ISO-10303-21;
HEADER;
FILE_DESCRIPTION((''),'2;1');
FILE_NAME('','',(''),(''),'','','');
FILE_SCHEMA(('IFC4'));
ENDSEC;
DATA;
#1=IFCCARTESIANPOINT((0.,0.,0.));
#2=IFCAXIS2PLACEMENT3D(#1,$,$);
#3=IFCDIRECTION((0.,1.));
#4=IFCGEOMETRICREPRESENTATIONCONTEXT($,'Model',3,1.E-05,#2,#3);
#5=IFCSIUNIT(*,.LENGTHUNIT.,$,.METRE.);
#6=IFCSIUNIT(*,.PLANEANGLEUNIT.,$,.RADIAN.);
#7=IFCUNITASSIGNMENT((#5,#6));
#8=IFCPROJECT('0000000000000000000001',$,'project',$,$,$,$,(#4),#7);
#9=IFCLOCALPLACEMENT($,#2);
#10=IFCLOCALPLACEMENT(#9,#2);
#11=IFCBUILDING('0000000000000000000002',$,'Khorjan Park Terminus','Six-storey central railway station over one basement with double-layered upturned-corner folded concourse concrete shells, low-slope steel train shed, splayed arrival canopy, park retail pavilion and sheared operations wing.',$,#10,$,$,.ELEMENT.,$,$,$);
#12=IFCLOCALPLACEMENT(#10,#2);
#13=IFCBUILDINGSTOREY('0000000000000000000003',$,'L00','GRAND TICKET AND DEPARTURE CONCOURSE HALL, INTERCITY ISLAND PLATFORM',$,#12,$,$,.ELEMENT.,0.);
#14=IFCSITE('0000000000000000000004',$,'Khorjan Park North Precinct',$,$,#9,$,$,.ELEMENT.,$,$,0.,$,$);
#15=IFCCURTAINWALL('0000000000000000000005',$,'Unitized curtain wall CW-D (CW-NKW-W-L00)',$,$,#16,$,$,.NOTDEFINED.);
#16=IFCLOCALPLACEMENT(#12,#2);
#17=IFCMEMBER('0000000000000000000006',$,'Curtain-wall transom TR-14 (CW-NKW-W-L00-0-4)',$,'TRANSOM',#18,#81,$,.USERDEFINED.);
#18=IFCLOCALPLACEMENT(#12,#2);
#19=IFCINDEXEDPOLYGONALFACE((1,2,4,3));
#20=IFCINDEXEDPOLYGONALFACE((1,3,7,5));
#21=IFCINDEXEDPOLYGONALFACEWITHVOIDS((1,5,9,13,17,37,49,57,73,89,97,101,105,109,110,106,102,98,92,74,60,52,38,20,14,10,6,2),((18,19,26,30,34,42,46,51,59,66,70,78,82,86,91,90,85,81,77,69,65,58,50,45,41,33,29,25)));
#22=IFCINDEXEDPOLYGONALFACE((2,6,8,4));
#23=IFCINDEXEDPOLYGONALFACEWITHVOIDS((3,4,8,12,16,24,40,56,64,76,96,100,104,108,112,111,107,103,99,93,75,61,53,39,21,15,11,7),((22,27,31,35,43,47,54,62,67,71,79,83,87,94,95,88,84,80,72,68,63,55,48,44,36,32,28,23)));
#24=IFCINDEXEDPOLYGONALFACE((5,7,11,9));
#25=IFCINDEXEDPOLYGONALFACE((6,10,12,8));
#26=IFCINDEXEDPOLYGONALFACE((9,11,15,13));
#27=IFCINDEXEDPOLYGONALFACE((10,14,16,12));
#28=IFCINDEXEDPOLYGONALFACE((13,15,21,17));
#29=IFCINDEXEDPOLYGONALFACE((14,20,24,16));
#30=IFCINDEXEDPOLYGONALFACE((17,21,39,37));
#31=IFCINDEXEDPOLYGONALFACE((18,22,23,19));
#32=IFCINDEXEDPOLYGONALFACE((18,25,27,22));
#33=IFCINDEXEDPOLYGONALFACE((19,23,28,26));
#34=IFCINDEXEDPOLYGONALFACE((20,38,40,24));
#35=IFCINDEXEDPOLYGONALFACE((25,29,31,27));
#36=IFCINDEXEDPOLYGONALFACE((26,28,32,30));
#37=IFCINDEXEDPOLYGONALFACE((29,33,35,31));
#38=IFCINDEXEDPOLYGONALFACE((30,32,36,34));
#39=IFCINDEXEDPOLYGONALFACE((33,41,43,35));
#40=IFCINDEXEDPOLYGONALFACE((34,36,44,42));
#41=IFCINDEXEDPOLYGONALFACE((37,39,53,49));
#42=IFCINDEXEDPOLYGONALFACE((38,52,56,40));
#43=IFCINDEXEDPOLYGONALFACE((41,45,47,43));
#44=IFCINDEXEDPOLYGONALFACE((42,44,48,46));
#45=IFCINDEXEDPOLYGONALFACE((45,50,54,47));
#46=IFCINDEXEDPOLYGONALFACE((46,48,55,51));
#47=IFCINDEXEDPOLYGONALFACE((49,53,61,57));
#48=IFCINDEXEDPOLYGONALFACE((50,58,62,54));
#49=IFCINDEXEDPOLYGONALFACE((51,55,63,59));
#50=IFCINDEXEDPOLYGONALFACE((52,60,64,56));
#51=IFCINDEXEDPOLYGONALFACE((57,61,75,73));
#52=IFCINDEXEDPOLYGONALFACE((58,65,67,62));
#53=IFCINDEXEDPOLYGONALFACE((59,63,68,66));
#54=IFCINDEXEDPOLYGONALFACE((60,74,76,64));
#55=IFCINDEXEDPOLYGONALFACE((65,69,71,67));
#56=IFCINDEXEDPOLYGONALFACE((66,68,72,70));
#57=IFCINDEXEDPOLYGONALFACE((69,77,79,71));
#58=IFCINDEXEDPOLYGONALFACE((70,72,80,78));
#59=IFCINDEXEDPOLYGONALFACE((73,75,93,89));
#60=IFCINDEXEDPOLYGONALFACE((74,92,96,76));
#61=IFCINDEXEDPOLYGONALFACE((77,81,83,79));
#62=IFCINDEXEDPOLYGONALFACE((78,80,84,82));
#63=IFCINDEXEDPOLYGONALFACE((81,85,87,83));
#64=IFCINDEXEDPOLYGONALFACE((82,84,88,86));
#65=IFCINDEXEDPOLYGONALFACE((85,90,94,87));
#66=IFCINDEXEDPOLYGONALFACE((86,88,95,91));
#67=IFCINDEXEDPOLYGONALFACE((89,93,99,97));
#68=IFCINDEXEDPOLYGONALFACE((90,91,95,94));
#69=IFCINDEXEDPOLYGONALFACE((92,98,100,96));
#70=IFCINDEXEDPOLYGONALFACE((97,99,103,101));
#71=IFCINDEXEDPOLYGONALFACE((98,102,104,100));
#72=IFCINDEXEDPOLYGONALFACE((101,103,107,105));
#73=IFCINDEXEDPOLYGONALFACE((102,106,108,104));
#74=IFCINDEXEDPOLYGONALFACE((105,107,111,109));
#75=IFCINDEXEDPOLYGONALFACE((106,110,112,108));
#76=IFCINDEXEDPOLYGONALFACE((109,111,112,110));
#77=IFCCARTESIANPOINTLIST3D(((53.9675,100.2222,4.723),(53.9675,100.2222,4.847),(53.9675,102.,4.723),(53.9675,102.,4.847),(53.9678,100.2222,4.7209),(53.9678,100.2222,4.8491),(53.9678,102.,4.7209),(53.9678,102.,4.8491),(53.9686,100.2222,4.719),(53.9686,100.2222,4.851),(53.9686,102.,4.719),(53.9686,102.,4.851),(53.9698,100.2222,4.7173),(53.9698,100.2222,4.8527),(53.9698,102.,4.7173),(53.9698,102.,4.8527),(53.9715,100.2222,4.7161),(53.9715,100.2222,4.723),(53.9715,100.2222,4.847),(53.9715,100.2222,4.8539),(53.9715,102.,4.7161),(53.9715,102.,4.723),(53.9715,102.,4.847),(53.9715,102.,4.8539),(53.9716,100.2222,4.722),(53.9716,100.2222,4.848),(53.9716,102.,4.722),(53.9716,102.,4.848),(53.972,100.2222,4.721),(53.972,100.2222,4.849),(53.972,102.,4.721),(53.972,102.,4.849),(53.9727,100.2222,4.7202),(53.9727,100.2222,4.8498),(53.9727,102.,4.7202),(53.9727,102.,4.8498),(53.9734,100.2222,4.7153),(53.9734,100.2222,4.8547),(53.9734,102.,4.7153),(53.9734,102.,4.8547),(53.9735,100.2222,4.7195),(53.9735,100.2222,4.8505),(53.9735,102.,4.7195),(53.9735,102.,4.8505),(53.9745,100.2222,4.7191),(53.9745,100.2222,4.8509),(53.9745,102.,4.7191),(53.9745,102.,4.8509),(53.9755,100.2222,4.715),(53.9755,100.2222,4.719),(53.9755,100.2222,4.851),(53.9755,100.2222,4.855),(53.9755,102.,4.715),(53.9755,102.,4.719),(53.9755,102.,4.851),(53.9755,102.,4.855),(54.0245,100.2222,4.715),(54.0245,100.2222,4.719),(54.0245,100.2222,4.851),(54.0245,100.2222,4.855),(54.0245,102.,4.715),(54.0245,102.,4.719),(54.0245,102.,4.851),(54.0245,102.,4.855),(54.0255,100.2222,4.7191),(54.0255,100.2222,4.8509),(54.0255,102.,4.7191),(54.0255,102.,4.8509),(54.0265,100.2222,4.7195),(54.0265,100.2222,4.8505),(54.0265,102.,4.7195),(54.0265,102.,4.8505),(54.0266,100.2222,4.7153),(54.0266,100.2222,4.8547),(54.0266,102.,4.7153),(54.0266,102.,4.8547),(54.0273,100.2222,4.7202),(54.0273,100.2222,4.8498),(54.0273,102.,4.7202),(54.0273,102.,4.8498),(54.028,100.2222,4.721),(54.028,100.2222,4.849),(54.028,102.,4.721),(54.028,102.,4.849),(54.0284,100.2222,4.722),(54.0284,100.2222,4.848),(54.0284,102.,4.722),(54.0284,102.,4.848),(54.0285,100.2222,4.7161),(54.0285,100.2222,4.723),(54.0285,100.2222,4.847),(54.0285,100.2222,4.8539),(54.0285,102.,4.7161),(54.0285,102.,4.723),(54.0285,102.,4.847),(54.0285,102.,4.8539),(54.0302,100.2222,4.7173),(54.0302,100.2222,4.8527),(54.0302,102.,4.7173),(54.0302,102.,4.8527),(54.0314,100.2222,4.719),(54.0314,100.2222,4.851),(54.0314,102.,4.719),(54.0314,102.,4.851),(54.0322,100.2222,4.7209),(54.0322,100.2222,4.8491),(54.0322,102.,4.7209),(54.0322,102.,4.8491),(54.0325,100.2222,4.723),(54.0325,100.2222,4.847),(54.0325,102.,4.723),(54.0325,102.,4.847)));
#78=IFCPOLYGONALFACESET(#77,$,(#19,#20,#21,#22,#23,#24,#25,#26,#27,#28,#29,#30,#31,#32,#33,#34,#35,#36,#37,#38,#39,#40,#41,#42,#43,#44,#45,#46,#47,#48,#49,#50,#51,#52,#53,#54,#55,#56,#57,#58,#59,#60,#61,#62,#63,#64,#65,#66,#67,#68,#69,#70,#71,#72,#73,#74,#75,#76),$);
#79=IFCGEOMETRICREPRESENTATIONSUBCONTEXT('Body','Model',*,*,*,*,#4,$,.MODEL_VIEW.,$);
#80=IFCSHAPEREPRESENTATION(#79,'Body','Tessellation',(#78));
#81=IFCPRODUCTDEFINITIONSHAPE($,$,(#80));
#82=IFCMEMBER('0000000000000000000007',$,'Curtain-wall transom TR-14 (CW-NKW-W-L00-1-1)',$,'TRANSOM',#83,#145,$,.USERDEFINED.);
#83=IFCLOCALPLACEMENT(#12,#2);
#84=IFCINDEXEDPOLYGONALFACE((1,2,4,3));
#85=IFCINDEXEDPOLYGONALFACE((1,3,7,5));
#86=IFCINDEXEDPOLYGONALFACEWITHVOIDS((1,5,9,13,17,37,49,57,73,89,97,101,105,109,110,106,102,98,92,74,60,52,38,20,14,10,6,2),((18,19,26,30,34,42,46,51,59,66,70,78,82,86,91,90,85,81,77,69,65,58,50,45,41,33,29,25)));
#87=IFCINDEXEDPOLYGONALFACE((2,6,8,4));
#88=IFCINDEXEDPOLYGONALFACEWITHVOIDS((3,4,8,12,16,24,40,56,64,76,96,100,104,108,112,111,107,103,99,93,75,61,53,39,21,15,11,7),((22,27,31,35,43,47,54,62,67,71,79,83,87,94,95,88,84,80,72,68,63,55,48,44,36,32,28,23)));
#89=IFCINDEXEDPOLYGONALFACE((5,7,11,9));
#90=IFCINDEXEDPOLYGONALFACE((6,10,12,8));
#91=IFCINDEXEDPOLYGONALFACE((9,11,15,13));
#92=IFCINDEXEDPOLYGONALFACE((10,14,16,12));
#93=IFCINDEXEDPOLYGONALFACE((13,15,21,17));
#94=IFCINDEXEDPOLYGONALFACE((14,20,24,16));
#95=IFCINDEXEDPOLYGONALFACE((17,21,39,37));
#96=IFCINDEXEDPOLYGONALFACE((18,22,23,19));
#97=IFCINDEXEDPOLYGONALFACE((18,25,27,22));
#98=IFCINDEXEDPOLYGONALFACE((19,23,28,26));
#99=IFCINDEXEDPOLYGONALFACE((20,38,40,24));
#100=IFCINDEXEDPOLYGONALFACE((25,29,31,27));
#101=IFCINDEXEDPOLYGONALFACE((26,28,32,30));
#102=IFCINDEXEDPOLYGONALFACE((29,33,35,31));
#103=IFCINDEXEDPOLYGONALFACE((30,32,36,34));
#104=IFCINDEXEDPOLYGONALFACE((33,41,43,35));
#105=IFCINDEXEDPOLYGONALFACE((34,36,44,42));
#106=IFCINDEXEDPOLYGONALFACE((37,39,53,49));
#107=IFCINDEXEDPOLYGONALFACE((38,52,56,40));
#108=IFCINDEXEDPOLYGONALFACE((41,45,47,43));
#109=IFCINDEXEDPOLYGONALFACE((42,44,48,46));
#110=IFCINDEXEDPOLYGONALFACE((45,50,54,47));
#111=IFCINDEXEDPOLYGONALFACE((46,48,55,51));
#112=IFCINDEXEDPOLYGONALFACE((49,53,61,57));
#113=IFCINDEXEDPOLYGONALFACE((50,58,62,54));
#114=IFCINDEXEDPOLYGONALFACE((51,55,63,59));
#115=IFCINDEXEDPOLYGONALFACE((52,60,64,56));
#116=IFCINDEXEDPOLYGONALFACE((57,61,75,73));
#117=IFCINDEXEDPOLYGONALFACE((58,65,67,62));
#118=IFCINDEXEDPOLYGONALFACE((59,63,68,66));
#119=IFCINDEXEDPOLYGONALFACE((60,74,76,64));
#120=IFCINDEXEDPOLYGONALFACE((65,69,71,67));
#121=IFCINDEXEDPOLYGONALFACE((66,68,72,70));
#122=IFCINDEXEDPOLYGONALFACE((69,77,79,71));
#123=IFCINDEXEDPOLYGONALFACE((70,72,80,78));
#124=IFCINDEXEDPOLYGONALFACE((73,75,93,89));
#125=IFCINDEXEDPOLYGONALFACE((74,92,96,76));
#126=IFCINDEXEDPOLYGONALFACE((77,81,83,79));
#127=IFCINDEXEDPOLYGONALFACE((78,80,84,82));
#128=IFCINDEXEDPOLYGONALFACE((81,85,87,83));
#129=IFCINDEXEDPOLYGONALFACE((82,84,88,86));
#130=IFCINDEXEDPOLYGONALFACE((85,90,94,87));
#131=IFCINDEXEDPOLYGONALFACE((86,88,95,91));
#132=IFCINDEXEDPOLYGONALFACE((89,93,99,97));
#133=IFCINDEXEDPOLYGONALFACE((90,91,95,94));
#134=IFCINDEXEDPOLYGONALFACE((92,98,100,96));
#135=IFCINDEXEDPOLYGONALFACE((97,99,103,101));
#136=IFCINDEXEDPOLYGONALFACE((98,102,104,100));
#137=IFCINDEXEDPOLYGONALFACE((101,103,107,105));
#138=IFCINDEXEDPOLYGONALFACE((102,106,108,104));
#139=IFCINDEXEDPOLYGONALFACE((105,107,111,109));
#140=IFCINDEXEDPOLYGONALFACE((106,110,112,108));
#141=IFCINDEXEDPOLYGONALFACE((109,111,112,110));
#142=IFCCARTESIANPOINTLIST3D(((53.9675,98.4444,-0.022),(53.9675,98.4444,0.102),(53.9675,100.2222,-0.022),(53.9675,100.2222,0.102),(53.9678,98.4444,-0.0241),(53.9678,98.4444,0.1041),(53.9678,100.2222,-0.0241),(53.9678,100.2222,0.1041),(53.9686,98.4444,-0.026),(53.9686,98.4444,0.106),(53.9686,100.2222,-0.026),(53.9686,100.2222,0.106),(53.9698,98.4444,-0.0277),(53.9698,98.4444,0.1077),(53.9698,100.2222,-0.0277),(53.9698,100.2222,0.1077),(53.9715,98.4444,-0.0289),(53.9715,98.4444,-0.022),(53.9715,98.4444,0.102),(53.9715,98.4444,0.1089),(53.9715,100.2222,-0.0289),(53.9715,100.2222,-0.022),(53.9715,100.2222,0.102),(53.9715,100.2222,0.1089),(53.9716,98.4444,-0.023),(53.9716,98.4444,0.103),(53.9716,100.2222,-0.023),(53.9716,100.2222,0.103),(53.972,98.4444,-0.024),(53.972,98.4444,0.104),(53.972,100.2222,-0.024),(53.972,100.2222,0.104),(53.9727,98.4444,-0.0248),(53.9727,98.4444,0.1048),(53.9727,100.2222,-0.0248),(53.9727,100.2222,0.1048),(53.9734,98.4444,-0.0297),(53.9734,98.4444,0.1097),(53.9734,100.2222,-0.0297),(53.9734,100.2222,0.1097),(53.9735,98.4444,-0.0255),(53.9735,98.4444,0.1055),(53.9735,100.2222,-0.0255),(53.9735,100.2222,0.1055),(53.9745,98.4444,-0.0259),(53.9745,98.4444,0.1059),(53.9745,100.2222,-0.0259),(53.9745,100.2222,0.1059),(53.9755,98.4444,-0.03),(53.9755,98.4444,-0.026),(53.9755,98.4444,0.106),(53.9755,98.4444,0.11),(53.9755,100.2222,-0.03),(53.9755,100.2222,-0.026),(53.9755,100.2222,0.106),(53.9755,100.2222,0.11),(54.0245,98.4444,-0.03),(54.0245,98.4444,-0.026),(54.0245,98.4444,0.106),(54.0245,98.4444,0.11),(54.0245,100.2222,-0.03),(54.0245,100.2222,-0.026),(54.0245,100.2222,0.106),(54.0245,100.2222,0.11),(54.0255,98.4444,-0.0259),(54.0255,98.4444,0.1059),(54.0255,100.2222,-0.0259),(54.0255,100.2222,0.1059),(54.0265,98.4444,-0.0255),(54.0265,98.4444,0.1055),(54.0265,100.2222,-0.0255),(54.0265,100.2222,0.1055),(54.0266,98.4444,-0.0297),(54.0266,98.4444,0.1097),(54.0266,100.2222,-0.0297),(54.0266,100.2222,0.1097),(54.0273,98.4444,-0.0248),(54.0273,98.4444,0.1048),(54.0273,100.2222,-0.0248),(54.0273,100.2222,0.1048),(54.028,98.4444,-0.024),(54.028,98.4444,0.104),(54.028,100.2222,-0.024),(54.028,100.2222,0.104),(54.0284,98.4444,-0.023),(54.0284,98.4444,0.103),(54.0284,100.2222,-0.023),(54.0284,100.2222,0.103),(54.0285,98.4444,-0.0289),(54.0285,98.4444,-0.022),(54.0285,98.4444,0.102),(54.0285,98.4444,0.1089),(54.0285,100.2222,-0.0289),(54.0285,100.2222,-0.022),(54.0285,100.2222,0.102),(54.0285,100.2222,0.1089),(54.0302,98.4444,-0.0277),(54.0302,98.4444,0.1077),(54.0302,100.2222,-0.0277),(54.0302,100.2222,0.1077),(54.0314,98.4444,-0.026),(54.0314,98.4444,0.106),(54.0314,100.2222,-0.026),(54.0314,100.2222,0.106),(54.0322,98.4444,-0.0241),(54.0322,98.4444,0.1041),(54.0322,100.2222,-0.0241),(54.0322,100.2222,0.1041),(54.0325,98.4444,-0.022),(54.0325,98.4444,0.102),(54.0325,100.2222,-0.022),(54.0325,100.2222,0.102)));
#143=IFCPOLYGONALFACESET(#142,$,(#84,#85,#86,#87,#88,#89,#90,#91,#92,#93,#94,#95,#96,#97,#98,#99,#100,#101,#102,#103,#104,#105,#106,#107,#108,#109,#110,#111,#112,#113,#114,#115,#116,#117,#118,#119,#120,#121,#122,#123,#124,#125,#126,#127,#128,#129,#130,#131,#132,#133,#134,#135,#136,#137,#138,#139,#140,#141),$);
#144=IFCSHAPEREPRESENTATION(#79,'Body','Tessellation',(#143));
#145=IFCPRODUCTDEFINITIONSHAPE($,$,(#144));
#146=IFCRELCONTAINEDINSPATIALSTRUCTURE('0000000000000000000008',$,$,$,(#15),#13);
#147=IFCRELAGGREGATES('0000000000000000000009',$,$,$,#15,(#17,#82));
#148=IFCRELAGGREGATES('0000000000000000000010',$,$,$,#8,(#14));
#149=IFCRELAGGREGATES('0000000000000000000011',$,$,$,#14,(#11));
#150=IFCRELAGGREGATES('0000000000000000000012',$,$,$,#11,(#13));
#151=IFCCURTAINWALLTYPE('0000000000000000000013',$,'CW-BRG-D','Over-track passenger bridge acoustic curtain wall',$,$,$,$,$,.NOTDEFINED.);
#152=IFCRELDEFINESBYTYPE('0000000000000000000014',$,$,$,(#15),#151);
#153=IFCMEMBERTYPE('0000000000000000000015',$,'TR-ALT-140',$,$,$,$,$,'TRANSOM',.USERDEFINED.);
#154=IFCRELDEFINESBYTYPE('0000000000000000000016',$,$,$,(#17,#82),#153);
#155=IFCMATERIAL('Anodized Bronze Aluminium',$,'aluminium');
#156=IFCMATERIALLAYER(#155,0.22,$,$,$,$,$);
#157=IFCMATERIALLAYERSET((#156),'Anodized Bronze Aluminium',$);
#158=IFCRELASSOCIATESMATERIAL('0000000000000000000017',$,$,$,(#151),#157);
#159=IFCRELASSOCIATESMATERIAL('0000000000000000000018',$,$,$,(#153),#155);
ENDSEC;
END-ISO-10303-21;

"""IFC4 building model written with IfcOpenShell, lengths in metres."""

from ifc_helpers import new_model, si_unit, direction, frame, origin, origin_2d, place, context, subcontext, project, spatial, hollow_rectangle, extrude, material, layer, layer_set, material_profile, profile_set, type_object, element, aggregate, save


model = new_model("IFC4")

# Units and contexts
model_context = context("Model", 3, precision=1e-05, world=origin(), true_north=direction((0.0, 1.0)))
body_context = subcontext(model_context, "Body", "Model", "MODEL_VIEW")
ifc_project = project(units=[si_unit("LENGTHUNIT", "METRE"), si_unit("PLANEANGLEUNIT", "RADIAN")], contexts=[model_context])

# Site, building, storey
site_placement = place(None, origin())
site = spatial("IfcSite", under=ifc_project, at=site_placement, Name="Khorjan Park North Precinct", CompositionType="ELEMENT", RefElevation=0.0)
building_placement = place(site_placement, origin())
building = spatial("IfcBuilding", under=site, at=building_placement, Name="Khorjan Park Terminus", Description="Six-storey central railway station over one basement with double-layered upturned-corner folded concourse concrete shells, low-slope steel train shed, splayed arrival canopy, park retail pavilion and sheared operations wing.", CompositionType="ELEMENT")
storey_placement = place(building_placement, origin())
storey = spatial("IfcBuildingStorey", under=building, at=storey_placement, Name="L00", Description="GRAND TICKET AND DEPARTURE CONCOURSE HALL, INTERCITY ISLAND PLATFORM", CompositionType="ELEMENT", Elevation=0.0)

# Curtain wall, members
ifc_material_1 = material(Name="Anodized Bronze Aluminium", Category="aluminium")
ifc_layer_1 = layer(ifc_material_1, 0.22)
ifc_layer_set_1 = layer_set([ifc_layer_1], Name="Anodized Bronze Aluminium")
curtain_wall_type = type_object("IfcCurtainWallType", Name="CW-BRG-D", Description="Over-track passenger bridge acoustic curtain wall", PredefinedType="NOTDEFINED", material=ifc_layer_set_1)
curtain_wall_placement = place(storey_placement, origin())
curtain_wall = element("IfcCurtainWall", 1, at=curtain_wall_placement, inside=storey, type_object=curtain_wall_type, Name="Unitized curtain wall CW-D (CW-NKW-W-L00)", PredefinedType="NOTDEFINED")
ifc_material_profile_1 = material_profile(ifc_material_1, hollow_rectangle(XDim=0.065, YDim=0.14, WallThickness=0.004, InnerFilletRadius=0.004, OuterFilletRadius=0.008, at=origin_2d()), Name="ALT 65x140x4")
ifc_profile_set_1 = profile_set([ifc_material_profile_1], Name="Anodized Bronze Aluminium")
member_type_1 = type_object("IfcMemberType", Name="TR-ALT-140", ElementType="TRANSOM", PredefinedType="USERDEFINED", material=ifc_profile_set_1)
member_1_placement = place(storey_placement, frame((54.0, 102.0, 4.785), z_axis=(0.0, -1.0, 0.0), x_axis=(1.0, 0.0, 0.0)))
member_1 = element("IfcMember", 2, at=member_1_placement, type_object=member_type_1, Name="Curtain-wall transom TR-14 (CW-NKW-W-L00-0-4)", ObjectType="TRANSOM", PredefinedType="USERDEFINED", context=body_context, shape_type="SweptSolid", body=[
    extrude(hollow_rectangle(XDim=0.065, YDim=0.14, WallThickness=0.004, InnerFilletRadius=0.004, OuterFilletRadius=0.008, at=origin_2d()), origin(), (0.0, 0.0, 1.0), 1.7778),
])
member_2_placement = place(storey_placement, frame((54.0, 100.2222, 0.04), z_axis=(0.0, -1.0, 0.0), x_axis=(1.0, 0.0, 0.0)))
member_2 = element("IfcMember", 3, at=member_2_placement, type_object=member_type_1, Name="Curtain-wall transom TR-14 (CW-NKW-W-L00-1-1)", ObjectType="TRANSOM", PredefinedType="USERDEFINED", context=body_context, shape_type="SweptSolid", body=[
    extrude(hollow_rectangle(XDim=0.065, YDim=0.14, WallThickness=0.004, InnerFilletRadius=0.004, OuterFilletRadius=0.008, at=origin_2d()), origin(), (0.0, 0.0, 1.0), 1.7778),
])
aggregate(curtain_wall, [member_1, member_2])

save(model, "model.ifc")
